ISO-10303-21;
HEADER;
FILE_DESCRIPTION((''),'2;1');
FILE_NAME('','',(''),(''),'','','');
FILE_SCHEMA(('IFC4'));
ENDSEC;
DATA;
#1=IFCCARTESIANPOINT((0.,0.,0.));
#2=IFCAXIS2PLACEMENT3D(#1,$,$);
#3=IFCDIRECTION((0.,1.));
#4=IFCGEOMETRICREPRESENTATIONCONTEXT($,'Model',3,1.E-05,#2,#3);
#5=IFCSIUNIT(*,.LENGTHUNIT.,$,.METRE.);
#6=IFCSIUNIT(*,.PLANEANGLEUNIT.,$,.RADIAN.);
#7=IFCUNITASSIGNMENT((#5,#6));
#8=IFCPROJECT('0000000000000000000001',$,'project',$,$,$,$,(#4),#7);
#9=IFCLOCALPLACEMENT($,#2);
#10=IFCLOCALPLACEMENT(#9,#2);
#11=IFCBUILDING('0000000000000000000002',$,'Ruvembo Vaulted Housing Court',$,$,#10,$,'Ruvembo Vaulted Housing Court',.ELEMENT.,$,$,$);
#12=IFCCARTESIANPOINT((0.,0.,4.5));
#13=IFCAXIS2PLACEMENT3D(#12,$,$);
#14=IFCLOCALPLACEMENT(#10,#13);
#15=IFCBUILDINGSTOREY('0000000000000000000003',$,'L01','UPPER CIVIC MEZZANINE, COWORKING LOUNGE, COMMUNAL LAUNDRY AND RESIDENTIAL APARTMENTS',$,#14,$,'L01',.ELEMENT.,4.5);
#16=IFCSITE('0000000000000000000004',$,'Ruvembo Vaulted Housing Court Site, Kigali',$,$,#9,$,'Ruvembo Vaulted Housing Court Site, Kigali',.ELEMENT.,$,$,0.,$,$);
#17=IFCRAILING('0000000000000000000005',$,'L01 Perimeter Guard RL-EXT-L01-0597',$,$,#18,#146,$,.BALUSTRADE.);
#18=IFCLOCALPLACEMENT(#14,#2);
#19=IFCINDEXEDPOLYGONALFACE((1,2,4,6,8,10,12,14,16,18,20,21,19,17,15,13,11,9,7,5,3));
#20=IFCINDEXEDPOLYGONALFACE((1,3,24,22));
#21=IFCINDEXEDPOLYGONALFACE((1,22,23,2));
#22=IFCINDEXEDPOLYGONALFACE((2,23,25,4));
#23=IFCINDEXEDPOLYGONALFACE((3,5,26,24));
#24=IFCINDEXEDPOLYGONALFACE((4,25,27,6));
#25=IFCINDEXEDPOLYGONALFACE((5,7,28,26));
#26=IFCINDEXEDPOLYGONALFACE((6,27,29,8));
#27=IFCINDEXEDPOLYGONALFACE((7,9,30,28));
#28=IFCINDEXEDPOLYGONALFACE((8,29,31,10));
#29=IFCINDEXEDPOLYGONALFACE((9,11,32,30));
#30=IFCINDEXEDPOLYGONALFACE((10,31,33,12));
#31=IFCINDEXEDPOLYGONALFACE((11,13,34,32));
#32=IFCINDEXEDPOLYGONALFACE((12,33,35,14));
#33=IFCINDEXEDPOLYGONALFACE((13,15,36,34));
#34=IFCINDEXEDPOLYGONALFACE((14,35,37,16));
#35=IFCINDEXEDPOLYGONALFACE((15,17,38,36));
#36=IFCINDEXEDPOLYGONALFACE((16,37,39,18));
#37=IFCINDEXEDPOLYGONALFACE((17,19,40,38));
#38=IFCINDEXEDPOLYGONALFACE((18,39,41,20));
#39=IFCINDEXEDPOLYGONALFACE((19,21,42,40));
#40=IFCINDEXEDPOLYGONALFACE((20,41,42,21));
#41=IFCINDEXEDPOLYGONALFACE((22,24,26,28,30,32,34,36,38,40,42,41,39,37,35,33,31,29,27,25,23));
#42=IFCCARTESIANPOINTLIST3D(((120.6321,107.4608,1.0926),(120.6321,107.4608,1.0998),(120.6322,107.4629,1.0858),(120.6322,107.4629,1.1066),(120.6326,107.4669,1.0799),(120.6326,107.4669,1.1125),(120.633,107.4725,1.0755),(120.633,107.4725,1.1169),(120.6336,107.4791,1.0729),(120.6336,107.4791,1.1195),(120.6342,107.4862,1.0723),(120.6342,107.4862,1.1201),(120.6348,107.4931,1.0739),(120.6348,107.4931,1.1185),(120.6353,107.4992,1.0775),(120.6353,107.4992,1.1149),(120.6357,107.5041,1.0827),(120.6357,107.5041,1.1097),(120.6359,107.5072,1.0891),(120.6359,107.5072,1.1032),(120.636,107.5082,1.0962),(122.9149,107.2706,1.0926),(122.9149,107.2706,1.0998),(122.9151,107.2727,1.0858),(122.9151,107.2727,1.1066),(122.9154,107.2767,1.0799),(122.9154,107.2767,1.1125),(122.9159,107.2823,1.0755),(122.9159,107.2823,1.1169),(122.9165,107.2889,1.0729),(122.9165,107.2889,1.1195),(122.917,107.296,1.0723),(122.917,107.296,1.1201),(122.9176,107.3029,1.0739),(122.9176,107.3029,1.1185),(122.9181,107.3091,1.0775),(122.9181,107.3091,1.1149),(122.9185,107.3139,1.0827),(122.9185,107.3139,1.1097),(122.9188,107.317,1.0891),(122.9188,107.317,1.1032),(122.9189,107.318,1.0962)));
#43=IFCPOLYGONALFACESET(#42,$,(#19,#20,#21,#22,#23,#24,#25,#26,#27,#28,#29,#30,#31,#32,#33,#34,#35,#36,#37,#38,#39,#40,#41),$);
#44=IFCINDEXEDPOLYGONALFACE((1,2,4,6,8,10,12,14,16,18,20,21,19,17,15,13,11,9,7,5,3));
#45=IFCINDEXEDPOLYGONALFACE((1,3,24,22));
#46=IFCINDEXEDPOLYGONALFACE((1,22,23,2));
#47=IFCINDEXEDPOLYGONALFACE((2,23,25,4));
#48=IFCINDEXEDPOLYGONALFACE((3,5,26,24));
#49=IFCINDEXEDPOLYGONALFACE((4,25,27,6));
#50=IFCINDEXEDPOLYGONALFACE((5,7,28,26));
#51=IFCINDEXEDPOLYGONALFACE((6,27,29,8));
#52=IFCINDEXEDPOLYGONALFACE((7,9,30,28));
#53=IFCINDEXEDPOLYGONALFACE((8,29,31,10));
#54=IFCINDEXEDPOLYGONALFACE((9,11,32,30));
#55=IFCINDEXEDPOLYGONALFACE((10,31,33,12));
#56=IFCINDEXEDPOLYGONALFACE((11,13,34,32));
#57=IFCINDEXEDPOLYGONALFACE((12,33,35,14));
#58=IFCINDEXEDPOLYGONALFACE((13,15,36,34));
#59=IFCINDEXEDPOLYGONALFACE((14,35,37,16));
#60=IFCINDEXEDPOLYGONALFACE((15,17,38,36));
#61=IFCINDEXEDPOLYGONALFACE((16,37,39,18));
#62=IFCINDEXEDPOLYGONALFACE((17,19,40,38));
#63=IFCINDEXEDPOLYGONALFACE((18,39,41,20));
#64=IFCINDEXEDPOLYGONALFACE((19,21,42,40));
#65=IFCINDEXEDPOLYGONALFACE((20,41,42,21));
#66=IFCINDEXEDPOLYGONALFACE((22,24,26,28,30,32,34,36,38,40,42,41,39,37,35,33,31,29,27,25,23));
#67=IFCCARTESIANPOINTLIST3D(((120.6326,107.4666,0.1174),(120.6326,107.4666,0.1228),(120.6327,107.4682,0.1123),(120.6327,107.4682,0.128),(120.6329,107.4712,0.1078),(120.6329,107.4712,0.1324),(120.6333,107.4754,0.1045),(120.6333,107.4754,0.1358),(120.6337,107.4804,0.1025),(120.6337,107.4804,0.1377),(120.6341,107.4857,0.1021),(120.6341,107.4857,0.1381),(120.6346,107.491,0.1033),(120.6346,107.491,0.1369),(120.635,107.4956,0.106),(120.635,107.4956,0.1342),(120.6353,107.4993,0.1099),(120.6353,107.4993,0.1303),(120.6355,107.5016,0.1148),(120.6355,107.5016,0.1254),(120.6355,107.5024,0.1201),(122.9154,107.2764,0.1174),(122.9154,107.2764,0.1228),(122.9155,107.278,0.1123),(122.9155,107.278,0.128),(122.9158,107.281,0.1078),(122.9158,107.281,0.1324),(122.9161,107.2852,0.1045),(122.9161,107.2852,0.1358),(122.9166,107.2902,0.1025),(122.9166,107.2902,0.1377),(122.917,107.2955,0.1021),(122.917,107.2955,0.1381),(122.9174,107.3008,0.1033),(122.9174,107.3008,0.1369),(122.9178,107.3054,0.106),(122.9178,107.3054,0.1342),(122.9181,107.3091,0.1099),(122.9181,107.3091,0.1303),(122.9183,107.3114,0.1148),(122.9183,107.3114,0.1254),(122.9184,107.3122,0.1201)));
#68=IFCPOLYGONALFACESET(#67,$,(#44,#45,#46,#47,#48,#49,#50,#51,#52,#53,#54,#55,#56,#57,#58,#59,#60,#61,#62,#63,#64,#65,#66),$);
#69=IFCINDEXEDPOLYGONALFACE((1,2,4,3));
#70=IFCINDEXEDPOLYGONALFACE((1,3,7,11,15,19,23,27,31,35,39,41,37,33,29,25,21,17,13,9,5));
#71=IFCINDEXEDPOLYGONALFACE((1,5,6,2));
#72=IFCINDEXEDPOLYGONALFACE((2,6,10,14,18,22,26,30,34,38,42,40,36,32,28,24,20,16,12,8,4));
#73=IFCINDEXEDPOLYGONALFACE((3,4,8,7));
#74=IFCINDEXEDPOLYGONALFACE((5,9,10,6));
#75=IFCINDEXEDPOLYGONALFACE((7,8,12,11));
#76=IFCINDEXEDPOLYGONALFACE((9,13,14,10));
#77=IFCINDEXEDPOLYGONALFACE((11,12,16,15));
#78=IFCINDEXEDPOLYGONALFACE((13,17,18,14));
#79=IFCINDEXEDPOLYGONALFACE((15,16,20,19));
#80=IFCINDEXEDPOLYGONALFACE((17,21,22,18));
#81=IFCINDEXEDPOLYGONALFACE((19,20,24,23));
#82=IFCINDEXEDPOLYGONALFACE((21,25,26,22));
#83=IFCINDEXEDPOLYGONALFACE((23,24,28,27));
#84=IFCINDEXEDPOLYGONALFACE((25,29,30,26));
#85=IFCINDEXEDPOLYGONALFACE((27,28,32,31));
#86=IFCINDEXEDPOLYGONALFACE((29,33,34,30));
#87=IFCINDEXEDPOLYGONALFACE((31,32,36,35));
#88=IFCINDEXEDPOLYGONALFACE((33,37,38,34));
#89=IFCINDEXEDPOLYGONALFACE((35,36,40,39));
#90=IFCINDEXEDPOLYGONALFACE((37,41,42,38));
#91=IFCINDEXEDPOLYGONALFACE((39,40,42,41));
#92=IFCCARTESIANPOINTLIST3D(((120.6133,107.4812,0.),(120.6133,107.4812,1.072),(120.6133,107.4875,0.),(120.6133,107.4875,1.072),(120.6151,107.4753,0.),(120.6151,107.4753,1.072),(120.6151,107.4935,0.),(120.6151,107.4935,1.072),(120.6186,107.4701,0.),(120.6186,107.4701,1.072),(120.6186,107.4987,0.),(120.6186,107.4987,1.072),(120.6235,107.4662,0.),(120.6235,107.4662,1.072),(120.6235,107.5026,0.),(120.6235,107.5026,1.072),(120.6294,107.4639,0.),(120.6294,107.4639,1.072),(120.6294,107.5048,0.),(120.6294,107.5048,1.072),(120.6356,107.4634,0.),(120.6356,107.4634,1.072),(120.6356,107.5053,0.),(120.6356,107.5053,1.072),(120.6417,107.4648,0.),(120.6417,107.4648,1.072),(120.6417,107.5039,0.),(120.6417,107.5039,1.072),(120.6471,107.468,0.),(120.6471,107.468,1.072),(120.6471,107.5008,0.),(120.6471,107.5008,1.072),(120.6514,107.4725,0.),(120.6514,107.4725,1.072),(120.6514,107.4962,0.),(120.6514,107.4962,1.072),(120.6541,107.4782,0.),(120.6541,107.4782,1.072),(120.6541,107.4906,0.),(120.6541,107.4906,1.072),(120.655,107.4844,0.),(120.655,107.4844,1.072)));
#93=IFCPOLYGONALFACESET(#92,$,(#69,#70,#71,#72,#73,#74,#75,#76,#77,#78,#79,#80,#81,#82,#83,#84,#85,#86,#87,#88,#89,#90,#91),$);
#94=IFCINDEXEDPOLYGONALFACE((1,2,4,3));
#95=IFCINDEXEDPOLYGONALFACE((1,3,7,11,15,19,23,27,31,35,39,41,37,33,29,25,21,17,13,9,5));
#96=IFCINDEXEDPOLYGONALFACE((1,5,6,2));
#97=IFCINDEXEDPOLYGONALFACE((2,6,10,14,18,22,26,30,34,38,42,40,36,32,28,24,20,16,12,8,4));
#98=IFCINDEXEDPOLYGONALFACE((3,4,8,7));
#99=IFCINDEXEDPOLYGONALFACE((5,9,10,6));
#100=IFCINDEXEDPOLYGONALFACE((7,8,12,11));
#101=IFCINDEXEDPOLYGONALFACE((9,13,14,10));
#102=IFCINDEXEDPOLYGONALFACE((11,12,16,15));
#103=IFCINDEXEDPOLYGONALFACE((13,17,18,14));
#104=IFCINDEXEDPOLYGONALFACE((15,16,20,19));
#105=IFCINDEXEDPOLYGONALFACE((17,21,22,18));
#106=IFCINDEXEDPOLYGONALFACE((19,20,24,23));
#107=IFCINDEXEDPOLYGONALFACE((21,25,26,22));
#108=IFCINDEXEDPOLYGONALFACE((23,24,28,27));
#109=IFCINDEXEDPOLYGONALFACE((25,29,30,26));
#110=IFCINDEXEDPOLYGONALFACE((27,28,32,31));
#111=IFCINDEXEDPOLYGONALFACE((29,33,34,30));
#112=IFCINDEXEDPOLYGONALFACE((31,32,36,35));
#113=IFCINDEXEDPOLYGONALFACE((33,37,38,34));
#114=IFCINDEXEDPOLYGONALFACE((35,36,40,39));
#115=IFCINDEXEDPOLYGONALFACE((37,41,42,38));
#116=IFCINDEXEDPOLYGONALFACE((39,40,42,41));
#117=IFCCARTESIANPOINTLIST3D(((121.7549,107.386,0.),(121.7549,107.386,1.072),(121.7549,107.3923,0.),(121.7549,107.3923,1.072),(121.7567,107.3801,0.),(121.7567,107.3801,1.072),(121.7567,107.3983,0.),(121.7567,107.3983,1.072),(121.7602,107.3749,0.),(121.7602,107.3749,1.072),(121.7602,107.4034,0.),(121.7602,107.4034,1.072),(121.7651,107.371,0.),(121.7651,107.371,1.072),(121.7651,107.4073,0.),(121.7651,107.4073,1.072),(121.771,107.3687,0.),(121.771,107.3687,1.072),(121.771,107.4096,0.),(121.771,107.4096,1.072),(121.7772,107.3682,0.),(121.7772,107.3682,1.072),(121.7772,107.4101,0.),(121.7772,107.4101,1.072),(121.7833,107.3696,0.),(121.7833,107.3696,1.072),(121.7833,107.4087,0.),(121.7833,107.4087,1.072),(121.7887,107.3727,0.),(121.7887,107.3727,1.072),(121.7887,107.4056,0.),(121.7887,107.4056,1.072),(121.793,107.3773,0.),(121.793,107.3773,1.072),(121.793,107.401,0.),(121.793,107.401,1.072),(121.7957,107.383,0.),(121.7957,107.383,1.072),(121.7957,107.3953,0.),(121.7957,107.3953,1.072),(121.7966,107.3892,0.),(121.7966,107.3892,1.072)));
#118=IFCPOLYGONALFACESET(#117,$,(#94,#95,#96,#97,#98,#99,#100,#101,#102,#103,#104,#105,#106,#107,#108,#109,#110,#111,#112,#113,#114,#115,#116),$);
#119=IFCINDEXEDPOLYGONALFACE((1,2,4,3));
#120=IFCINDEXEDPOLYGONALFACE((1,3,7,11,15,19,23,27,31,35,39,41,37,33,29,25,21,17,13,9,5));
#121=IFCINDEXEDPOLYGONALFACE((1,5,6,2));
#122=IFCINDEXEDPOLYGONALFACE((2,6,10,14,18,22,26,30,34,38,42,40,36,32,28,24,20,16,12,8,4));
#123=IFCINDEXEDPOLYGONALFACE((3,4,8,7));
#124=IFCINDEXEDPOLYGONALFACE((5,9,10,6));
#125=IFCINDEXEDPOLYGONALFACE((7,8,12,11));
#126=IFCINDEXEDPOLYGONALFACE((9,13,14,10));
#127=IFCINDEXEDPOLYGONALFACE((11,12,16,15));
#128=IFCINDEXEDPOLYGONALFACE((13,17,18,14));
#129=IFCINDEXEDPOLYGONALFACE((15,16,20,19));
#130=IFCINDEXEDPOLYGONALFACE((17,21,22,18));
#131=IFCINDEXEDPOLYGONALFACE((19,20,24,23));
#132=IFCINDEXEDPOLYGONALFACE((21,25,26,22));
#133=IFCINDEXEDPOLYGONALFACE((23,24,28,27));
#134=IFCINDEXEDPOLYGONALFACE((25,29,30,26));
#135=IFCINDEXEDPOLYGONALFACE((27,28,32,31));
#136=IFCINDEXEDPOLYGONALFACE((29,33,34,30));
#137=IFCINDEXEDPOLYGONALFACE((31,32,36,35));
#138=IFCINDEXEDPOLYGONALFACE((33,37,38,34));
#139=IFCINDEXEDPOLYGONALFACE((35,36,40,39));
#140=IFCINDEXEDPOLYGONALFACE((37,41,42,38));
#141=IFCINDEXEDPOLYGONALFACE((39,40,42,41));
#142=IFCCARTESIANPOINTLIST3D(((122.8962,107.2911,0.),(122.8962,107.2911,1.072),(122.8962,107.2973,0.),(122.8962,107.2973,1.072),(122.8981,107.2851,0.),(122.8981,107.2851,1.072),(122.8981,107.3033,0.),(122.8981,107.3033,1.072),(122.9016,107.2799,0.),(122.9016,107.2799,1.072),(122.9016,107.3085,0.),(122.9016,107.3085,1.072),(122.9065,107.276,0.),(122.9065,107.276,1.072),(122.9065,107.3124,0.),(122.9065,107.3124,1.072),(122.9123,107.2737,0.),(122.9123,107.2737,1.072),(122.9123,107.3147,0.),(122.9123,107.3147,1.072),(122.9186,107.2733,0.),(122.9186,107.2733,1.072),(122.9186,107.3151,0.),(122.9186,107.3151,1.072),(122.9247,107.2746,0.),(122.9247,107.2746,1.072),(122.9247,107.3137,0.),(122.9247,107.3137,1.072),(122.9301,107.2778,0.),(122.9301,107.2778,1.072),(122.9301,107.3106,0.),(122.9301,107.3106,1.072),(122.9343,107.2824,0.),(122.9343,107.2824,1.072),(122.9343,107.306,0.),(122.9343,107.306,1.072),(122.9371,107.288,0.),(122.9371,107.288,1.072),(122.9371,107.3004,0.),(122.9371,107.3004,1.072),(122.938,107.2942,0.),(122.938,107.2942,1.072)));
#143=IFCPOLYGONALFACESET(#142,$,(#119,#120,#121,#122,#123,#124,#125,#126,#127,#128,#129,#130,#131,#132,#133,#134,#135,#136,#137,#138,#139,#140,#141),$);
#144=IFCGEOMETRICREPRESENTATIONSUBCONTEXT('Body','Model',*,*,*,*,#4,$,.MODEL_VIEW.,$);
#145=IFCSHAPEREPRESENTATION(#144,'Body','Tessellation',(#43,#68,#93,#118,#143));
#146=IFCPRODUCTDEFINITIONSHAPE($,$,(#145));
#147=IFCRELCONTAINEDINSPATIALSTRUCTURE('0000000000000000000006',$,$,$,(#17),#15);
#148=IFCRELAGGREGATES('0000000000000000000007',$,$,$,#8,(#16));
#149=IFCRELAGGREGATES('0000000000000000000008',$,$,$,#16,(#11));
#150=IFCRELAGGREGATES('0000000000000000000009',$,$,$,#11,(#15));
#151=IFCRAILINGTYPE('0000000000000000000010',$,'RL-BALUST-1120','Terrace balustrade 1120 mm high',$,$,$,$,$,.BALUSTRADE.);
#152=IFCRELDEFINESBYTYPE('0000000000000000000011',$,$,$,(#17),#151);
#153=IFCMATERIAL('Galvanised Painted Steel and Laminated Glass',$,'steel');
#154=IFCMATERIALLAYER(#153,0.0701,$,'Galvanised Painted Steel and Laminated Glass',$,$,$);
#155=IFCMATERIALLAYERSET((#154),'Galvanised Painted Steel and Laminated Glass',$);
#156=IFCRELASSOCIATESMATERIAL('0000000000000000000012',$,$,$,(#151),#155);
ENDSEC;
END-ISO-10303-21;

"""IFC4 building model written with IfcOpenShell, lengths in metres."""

from ifc_helpers import new_model, si_unit, direction, frame, origin, origin_2d, place, context, subcontext, project, spatial, circle, extrude, material, layer, layer_set, type_object, element, save


model = new_model("IFC4")

# Units and contexts
model_context = context("Model", 3, precision=1e-05, world=origin(), true_north=direction((0.0, 1.0)))
body_context = subcontext(model_context, "Body", "Model", "MODEL_VIEW")
ifc_project = project(units=[si_unit("LENGTHUNIT", "METRE"), si_unit("PLANEANGLEUNIT", "RADIAN")], contexts=[model_context])

# Site, building, storey
site_placement = place(None, origin())
site = spatial("IfcSite", under=ifc_project, at=site_placement, Name="Ruvembo Vaulted Housing Court Site, Kigali", LongName="Ruvembo Vaulted Housing Court Site, Kigali", CompositionType="ELEMENT", RefElevation=0.0)
building_placement = place(site_placement, origin())
building = spatial("IfcBuilding", under=site, at=building_placement, Name="Ruvembo Vaulted Housing Court", LongName="Ruvembo Vaulted Housing Court", CompositionType="ELEMENT")
storey_placement = place(building_placement, frame((0.0, 0.0, 4.5)))
storey = spatial("IfcBuildingStorey", under=building, at=storey_placement, Name="L01", Description="UPPER CIVIC MEZZANINE, COWORKING LOUNGE, COMMUNAL LAUNDRY AND RESIDENTIAL APARTMENTS", LongName="L01", CompositionType="ELEMENT", Elevation=4.5)

# Railing
ifc_material_1 = material(Name="Galvanised Painted Steel and Laminated Glass", Category="steel")
ifc_layer_1 = layer(ifc_material_1, 0.0701, Name="Galvanised Painted Steel and Laminated Glass")
ifc_layer_set_1 = layer_set([ifc_layer_1], Name="Galvanised Painted Steel and Laminated Glass")
railing_type = type_object("IfcRailingType", Name="RL-BALUST-1120", Description="Terrace balustrade 1120 mm high", PredefinedType="BALUSTRADE", material=ifc_layer_set_1)
railing_1_placement = place(storey_placement, frame((120.634, 107.4844, 0.0)))
element("IfcRailing", 1, at=railing_1_placement, inside=storey, type_object=railing_type, Name="L01 Perimeter Guard RL-EXT-L01-0597", PredefinedType="BALUSTRADE", context=body_context, shape_type="SweptSolid", body=[
    extrude(circle(Radius=0.0239, at=origin_2d()), frame((0.0, 0.0, 1.0962), z_axis=(0.996548, -0.083019, 0.0), x_axis=(0.083019, 0.996548, 0.0)), (0.0, 0.0, 1.0), 2.2908),
    extrude(circle(Radius=0.0181, at=origin_2d()), frame((0.0, 0.0, 0.1201), z_axis=(0.996548, -0.083019, 0.0), x_axis=(0.083019, 0.996548, 0.0)), (0.0, 0.0, 1.0), 2.2908),
    extrude(circle(Radius=0.021, at=origin_2d()), origin(), (0.0, 0.0, 1.0), 1.072),
    extrude(circle(Radius=0.021, at=origin_2d()), frame((1.1416, -0.0952, 0.0)), (0.0, 0.0, 1.0), 1.072),
    extrude(circle(Radius=0.021, at=origin_2d()), frame((2.283, -0.1902, 0.0)), (0.0, 0.0, 1.0), 1.072),
])

save(model, "model.ifc")
